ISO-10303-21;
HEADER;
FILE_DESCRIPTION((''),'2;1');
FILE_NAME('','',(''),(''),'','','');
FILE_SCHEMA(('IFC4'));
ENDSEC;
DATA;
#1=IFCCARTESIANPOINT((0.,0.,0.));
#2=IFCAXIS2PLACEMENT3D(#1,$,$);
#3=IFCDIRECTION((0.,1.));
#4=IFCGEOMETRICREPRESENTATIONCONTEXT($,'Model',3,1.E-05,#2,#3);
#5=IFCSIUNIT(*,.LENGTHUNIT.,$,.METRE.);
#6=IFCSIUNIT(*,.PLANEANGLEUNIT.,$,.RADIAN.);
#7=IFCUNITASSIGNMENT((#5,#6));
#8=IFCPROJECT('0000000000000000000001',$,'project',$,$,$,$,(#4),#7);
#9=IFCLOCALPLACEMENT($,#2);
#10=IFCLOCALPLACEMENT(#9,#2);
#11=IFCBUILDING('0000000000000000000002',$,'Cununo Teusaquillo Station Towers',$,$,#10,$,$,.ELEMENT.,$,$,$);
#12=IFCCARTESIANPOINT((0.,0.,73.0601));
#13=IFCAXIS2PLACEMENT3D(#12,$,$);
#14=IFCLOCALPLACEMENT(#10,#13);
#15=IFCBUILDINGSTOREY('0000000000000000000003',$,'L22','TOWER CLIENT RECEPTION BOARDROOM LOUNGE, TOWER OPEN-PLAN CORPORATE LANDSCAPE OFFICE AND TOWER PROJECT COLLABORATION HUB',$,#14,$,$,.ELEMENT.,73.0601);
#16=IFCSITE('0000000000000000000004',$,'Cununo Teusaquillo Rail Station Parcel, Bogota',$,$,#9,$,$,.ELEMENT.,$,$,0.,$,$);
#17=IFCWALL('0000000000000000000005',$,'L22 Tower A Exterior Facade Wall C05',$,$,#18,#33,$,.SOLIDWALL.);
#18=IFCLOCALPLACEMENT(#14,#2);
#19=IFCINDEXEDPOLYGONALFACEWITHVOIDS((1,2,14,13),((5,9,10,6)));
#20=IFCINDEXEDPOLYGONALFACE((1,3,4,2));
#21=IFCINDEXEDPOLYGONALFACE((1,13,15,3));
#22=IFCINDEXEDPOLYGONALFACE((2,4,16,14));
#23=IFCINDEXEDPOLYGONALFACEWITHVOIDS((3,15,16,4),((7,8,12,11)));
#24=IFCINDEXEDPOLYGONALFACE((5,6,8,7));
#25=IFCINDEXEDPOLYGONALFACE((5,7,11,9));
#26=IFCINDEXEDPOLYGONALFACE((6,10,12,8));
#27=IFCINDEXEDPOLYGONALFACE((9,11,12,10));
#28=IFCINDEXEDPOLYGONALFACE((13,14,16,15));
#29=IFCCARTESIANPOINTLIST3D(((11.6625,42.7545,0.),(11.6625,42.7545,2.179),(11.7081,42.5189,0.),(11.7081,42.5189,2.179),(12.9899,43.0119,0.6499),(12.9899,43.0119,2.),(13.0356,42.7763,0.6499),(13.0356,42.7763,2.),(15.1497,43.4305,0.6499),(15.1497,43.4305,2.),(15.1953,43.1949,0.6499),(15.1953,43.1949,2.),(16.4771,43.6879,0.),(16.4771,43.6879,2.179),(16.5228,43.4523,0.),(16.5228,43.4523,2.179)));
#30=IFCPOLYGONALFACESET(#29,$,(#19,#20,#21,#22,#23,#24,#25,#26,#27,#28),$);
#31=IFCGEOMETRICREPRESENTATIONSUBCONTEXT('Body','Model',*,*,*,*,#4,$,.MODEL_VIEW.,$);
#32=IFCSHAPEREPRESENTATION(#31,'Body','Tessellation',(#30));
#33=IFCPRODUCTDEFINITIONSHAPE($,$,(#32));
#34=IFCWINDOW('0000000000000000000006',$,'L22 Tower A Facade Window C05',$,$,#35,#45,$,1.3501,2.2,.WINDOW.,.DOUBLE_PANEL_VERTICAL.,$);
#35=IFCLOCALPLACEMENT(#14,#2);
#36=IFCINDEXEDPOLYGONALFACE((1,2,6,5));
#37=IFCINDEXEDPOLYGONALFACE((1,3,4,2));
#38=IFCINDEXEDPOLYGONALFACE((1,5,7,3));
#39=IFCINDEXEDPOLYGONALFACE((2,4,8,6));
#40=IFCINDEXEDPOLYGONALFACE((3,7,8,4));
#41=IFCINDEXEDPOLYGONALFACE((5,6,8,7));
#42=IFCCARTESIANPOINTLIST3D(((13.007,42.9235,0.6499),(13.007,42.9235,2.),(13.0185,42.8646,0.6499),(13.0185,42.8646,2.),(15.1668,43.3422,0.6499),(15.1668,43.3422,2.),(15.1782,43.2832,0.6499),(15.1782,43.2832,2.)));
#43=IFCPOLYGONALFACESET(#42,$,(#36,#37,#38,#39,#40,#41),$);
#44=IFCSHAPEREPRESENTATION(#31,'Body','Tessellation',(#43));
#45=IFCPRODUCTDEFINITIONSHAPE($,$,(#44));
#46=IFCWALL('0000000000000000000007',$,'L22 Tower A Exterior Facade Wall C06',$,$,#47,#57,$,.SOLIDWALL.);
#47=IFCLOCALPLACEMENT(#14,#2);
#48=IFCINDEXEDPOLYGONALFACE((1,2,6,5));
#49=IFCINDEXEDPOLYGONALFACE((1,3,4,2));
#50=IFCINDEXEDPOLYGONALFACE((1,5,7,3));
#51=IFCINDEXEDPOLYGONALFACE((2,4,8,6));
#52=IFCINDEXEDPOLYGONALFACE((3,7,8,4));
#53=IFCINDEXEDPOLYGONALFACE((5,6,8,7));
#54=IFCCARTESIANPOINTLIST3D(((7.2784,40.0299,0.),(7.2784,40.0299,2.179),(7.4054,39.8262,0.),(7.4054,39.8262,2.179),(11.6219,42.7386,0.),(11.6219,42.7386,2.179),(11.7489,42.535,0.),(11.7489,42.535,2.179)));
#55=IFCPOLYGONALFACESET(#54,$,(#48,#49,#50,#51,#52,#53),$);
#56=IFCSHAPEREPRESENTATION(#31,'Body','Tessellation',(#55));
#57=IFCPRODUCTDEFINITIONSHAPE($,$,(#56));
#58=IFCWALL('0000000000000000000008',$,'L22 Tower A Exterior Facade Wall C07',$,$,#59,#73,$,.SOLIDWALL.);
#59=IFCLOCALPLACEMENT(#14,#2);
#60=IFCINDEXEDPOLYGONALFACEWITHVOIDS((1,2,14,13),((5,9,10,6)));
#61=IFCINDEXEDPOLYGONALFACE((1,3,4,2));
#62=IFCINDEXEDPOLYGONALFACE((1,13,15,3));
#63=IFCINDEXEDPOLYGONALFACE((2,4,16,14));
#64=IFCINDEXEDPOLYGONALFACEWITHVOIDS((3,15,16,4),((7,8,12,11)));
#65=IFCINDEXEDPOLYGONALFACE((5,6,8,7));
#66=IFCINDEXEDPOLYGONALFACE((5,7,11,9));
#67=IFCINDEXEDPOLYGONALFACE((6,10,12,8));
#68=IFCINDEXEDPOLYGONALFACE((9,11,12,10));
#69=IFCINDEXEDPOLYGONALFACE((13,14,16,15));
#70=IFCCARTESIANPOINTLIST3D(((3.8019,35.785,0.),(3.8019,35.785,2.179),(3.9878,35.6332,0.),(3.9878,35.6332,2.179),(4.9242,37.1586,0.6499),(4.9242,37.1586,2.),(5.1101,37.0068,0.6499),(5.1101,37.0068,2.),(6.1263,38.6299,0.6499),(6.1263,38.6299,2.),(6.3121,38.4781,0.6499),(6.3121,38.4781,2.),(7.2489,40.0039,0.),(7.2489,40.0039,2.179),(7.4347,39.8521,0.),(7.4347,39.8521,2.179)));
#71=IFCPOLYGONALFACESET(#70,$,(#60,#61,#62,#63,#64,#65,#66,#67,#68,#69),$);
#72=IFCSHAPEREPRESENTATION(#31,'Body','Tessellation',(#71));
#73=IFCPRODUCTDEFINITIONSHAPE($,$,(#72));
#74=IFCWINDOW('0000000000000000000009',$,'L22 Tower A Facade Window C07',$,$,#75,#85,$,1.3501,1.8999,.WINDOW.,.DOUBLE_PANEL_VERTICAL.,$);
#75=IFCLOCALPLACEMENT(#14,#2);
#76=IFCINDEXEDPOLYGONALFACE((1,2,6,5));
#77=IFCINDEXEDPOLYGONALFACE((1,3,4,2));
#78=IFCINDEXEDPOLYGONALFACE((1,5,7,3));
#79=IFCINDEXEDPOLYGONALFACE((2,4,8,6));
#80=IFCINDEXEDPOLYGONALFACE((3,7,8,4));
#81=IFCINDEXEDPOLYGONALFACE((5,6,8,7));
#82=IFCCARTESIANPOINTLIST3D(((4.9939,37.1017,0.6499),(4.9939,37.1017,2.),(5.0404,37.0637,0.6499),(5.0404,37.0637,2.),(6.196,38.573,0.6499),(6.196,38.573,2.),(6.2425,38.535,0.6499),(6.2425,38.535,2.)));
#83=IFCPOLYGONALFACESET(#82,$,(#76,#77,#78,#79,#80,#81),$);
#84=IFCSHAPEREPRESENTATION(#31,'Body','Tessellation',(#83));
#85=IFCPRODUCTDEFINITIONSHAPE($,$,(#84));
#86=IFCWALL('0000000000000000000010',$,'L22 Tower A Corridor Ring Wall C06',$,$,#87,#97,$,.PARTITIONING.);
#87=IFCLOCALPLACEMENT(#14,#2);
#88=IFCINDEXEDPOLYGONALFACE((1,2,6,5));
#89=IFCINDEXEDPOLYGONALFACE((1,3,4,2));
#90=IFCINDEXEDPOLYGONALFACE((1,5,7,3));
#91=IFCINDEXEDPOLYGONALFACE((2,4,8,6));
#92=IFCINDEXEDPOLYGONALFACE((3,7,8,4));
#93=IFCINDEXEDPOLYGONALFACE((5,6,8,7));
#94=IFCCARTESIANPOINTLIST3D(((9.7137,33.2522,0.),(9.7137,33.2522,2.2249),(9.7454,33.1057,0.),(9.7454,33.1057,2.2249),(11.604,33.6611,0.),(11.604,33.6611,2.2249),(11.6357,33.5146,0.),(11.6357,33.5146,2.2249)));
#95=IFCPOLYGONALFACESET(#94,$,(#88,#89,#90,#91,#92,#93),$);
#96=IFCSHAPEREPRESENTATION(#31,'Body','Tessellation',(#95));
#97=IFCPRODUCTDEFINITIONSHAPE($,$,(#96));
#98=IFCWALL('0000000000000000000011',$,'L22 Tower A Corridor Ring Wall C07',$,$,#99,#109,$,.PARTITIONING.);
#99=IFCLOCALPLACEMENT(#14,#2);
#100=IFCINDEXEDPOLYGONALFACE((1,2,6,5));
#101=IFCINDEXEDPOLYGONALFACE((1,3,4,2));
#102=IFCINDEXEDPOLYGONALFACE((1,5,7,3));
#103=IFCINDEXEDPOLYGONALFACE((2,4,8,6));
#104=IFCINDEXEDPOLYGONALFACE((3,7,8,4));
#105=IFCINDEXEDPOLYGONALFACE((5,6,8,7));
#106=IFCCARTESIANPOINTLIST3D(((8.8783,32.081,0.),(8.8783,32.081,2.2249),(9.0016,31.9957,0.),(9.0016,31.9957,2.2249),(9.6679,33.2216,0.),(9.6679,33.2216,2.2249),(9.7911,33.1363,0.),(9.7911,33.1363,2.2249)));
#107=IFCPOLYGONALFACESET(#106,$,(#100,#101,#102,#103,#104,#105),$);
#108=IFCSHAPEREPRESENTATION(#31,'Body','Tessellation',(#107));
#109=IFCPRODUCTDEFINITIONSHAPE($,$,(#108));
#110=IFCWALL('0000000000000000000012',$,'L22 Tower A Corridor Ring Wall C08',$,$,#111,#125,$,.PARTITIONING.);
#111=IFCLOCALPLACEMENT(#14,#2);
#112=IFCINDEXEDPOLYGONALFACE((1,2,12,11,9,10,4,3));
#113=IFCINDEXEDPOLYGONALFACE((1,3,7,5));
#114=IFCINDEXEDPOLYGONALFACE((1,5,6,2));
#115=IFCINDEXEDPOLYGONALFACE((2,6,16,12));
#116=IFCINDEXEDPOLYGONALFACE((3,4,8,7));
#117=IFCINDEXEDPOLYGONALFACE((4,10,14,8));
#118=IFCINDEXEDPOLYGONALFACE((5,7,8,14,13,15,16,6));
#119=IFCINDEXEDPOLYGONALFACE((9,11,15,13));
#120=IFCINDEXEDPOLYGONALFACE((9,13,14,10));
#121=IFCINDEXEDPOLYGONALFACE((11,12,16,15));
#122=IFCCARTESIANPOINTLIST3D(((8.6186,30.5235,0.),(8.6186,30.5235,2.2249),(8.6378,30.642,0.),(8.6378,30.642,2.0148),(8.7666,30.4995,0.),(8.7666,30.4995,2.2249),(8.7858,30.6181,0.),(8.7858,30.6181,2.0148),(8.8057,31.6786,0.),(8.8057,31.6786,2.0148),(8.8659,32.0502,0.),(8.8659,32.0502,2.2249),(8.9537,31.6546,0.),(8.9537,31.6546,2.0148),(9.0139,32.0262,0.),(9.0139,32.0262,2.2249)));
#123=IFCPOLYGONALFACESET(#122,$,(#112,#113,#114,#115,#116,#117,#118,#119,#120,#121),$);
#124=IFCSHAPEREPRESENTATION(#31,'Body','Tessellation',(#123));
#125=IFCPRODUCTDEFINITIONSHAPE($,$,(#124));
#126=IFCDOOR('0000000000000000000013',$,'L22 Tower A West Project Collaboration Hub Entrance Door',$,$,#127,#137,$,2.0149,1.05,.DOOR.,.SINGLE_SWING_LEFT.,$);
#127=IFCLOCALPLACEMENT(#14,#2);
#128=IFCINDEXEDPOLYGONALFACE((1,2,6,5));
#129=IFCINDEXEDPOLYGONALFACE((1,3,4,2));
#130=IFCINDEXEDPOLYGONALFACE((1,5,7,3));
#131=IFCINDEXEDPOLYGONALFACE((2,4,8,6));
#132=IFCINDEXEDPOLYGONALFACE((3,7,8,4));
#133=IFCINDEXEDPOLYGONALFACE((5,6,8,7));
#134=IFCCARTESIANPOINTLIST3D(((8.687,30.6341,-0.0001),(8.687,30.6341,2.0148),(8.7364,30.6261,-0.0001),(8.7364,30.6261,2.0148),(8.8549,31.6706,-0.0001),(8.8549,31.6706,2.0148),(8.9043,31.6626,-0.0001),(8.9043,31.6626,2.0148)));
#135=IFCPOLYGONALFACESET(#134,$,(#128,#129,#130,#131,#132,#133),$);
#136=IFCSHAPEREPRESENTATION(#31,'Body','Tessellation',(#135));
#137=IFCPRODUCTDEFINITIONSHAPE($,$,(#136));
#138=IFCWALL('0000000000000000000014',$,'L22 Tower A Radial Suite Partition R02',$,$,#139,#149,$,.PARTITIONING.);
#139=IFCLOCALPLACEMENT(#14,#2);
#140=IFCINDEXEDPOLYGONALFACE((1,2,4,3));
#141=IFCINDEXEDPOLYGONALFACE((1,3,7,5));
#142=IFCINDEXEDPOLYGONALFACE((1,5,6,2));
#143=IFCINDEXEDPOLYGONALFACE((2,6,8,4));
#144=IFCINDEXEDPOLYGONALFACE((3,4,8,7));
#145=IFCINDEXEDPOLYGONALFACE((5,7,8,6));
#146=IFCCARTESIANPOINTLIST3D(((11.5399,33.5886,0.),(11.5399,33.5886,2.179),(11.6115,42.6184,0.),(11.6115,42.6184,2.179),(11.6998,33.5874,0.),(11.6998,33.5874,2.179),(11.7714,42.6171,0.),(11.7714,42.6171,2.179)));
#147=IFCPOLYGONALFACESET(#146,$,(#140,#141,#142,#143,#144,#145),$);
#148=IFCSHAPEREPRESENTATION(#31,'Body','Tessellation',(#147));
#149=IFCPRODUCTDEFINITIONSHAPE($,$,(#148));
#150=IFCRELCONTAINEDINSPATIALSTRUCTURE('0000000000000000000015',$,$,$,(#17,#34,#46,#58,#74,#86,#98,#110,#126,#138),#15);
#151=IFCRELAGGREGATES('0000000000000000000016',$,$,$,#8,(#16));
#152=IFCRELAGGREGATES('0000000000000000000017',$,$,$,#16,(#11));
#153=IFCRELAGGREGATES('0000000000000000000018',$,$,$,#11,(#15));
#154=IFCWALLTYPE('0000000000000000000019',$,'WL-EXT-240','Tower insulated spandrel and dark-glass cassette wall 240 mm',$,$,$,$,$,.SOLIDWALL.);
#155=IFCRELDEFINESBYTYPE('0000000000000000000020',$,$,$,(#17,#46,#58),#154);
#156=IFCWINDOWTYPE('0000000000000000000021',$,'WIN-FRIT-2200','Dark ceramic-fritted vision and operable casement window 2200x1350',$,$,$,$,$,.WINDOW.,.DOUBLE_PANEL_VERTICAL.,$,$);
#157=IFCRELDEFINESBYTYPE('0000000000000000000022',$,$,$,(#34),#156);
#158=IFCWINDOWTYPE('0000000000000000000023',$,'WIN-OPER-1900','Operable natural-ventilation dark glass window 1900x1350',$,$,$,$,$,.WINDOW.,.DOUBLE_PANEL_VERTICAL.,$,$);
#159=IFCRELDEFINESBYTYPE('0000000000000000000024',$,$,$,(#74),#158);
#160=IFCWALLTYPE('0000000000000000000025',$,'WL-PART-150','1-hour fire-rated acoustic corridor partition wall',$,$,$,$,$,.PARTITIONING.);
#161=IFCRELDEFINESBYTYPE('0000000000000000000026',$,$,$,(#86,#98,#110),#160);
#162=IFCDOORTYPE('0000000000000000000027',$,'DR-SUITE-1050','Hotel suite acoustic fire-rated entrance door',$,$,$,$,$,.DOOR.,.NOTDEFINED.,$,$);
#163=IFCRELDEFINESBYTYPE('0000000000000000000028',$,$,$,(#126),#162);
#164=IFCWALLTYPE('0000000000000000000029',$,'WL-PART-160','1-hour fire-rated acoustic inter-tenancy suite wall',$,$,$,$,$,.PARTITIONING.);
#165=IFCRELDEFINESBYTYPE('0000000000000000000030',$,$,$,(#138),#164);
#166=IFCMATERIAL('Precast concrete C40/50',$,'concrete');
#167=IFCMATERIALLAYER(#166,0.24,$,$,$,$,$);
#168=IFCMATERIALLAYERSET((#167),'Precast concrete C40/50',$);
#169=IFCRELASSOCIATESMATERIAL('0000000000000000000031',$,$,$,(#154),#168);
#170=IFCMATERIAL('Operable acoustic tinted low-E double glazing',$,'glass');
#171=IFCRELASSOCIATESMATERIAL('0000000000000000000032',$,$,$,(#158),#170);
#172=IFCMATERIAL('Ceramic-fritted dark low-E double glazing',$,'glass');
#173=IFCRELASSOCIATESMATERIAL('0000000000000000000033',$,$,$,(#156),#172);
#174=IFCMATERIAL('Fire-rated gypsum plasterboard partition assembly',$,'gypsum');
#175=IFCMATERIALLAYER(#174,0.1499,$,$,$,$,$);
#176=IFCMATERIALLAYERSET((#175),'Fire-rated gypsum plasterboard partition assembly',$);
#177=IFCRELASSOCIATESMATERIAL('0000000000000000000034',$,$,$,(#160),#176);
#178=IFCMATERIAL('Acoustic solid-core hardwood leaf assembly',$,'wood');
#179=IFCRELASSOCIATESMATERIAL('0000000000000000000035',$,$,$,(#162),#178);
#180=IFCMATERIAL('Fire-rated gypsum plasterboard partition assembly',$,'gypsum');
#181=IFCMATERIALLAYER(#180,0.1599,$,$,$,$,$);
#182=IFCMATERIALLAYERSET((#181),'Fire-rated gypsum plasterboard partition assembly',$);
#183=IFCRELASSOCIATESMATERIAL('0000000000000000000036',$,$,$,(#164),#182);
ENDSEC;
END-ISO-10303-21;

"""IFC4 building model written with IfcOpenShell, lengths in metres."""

from ifc_helpers import new_model, si_unit, direction, frame, frame_2d, origin, place, context, subcontext, project, spatial, rectangle, extrude, source, transform, mapped, material, layer, layer_set, type_object, element, fill, save


model = new_model("IFC4")

# Units and contexts
model_context = context("Model", 3, precision=1e-05, world=origin(), true_north=direction((0.0, 1.0)))
body_context = subcontext(model_context, "Body", "Model", "MODEL_VIEW")
ifc_project = project(units=[si_unit("LENGTHUNIT", "METRE"), si_unit("PLANEANGLEUNIT", "RADIAN")], contexts=[model_context])

# Site, building, storey
site_placement = place(None, origin())
site = spatial("IfcSite", under=ifc_project, at=site_placement, Name="Cununo Teusaquillo Rail Station Parcel, Bogota", CompositionType="ELEMENT", RefElevation=0.0)
building_placement = place(site_placement, origin())
building = spatial("IfcBuilding", under=site, at=building_placement, Name="Cununo Teusaquillo Station Towers", CompositionType="ELEMENT")
storey_placement = place(building_placement, frame((0.0, 0.0, 73.0601)))
storey = spatial("IfcBuildingStorey", under=building, at=storey_placement, Name="L22", Description="TOWER CLIENT RECEPTION BOARDROOM LOUNGE, TOWER OPEN-PLAN CORPORATE LANDSCAPE OFFICE AND TOWER PROJECT COLLABORATION HUB", CompositionType="ELEMENT", Elevation=73.0601)

# Wall, opening, window
ifc_material_1 = material(Name="Precast concrete C40/50", Category="concrete")
ifc_layer_1 = layer(ifc_material_1, 0.24)
ifc_layer_set_1 = layer_set([ifc_layer_1], Name="Precast concrete C40/50")
wall_type_1 = type_object("IfcWallType", Name="WL-EXT-240", Description="Tower insulated spandrel and dark-glass cassette wall 240 mm", PredefinedType="SOLIDWALL", material=ifc_layer_set_1)
shared_shape_1 = source(origin(), body_context, "Body", "SweptSolid", [
    extrude(rectangle(XDim=1.8999, YDim=1.3501, at=frame_2d((0.95, 0.675))), frame((0.0, 0.1299, 0.0), z_axis=(0.0, -1.0, 0.0), x_axis=(1.0, 0.0, 0.0)), (0.0, 0.0, 1.0), 0.26),
])
ifc_material_2 = material(Name="Operable acoustic tinted low-E double glazing", Category="glass")
window_type_1 = type_object("IfcWindowType", Name="WIN-OPER-1900", Description="Operable natural-ventilation dark glass window 1900x1350", PartitioningType="DOUBLE_PANEL_VERTICAL", PredefinedType="WINDOW", material=ifc_material_2)
shared_shape_2 = source(origin(), body_context, "Body", "SweptSolid", [
    extrude(rectangle(XDim=1.8999, YDim=1.3501, at=frame_2d((0.95, 0.675))), frame((0.0, 0.03, 0.0), z_axis=(0.0, -1.0, 0.0), x_axis=(1.0, 0.0, 0.0)), (0.0, 0.0, 1.0), 0.0601),
])
wall_1_placement = place(storey_placement, frame((11.6853, 42.6367, 0.0), z_axis=(0.0, 0.0, 1.0), x_axis=(0.981724, 0.190311, 0.0)))
wall_1 = element("IfcWall", 1, at=wall_1_placement, inside=storey, type_object=wall_type_1, Name="L22 Tower A Exterior Facade Wall C05", PredefinedType="SOLIDWALL", context=body_context, shape_type="SweptSolid", body=[
    extrude(rectangle(XDim=4.9043, YDim=0.24, at=frame_2d((2.4521, 0.0))), origin(), (0.0, 0.0, 1.0), 2.179),
])
shared_shape_3 = source(origin(), body_context, "Body", "SweptSolid", [
    extrude(rectangle(XDim=2.2, YDim=1.3501, at=frame_2d((1.1001, 0.675))), frame((0.0, 0.1299, 0.0), z_axis=(0.0, -1.0, 0.0), x_axis=(1.0, 0.0, 0.0)), (0.0, 0.0, 1.0), 0.26),
])
opening_1_placement = place(wall_1_placement, frame((1.3521, 0.0, 0.6499)))
opening_1 = element("IfcOpeningElement", 2, at=opening_1_placement, cuts=wall_1, PredefinedType="OPENING", context=body_context, shape_type="MappedRepresentation", body=[
    mapped(shared_shape_3, transform((0.0, 0.0, 0.0), x_axis=(1.0, 0.0, 0.0), y_axis=(0.0, 1.0, 0.0), z_axis=(0.0, 0.0, 1.0), scale=1.0)),
])
ifc_material_3 = material(Name="Ceramic-fritted dark low-E double glazing", Category="glass")
window_type_2 = type_object("IfcWindowType", Name="WIN-FRIT-2200", Description="Dark ceramic-fritted vision and operable casement window 2200x1350", PartitioningType="DOUBLE_PANEL_VERTICAL", PredefinedType="WINDOW", material=ifc_material_3)
shared_shape_4 = source(origin(), body_context, "Body", "SweptSolid", [
    extrude(rectangle(XDim=2.2, YDim=1.3501, at=frame_2d((1.1001, 0.675))), frame((0.0, 0.03, 0.0), z_axis=(0.0, -1.0, 0.0), x_axis=(1.0, 0.0, 0.0)), (0.0, 0.0, 1.0), 0.0601),
])
window_1_placement = place(opening_1_placement, origin())
window_1 = element("IfcWindow", 3, at=window_1_placement, inside=storey, type_object=window_type_2, Name="L22 Tower A Facade Window C05", OverallHeight=1.3501, OverallWidth=2.2, PartitioningType="DOUBLE_PANEL_VERTICAL", PredefinedType="WINDOW", context=body_context, shape_type="MappedRepresentation", body=[
    mapped(shared_shape_4, transform((0.0, 0.0, 0.0), x_axis=(1.0, 0.0, 0.0), y_axis=(0.0, 1.0, 0.0), z_axis=(0.0, 0.0, 1.0), scale=1.0)),
])
fill(opening_1, window_1)

# Wall
wall_2_placement = place(storey_placement, frame((7.3418, 39.928, 0.0), z_axis=(0.0, 0.0, 1.0), x_axis=(0.84852, 0.529163, 0.0)))
element("IfcWall", 4, at=wall_2_placement, inside=storey, type_object=wall_type_1, Name="L22 Tower A Exterior Facade Wall C06", PredefinedType="SOLIDWALL", context=body_context, shape_type="SweptSolid", body=[
    extrude(rectangle(XDim=5.1189, YDim=0.24, at=frame_2d((2.5596, 0.0))), origin(), (0.0, 0.0, 1.0), 2.179),
])

# Wall, opening, window
wall_3_placement = place(storey_placement, frame((3.8948, 35.709, 0.0), z_axis=(0.0, 0.0, 1.0), x_axis=(0.632701, 0.774396, 0.0)))
wall_3 = element("IfcWall", 5, at=wall_3_placement, inside=storey, type_object=wall_type_1, Name="L22 Tower A Exterior Facade Wall C07", PredefinedType="SOLIDWALL", context=body_context, shape_type="SweptSolid", body=[
    extrude(rectangle(XDim=5.448, YDim=0.24, at=frame_2d((2.7241, 0.0))), origin(), (0.0, 0.0, 1.0), 2.179),
])
opening_2_placement = place(wall_3_placement, frame((1.7739, 0.0, 0.6499)))
opening_2 = element("IfcOpeningElement", 6, at=opening_2_placement, cuts=wall_3, PredefinedType="OPENING", context=body_context, shape_type="MappedRepresentation", body=[
    mapped(shared_shape_1, transform((0.0, 0.0, 0.0), x_axis=(1.0, 0.0, 0.0), y_axis=(0.0, 1.0, 0.0), z_axis=(0.0, 0.0, 1.0), scale=1.0)),
])
window_2_placement = place(opening_2_placement, origin())
window_2 = element("IfcWindow", 7, at=window_2_placement, inside=storey, type_object=window_type_1, Name="L22 Tower A Facade Window C07", OverallHeight=1.3501, OverallWidth=1.8999, PartitioningType="DOUBLE_PANEL_VERTICAL", PredefinedType="WINDOW", context=body_context, shape_type="MappedRepresentation", body=[
    mapped(shared_shape_2, transform((0.0, 0.0, 0.0), x_axis=(1.0, 0.0, 0.0), y_axis=(0.0, 1.0, 0.0), z_axis=(0.0, 0.0, 1.0), scale=1.0)),
])
fill(opening_2, window_2)

# Walls
ifc_material_4 = material(Name="Fire-rated gypsum plasterboard partition assembly", Category="gypsum")
ifc_layer_2 = layer(ifc_material_4, 0.1499)
ifc_layer_set_2 = layer_set([ifc_layer_2], Name="Fire-rated gypsum plasterboard partition assembly")
wall_type_2 = type_object("IfcWallType", Name="WL-PART-150", Description="1-hour fire-rated acoustic corridor partition wall", PredefinedType="PARTITIONING", material=ifc_layer_set_2)
wall_4_placement = place(storey_placement, frame((11.6199, 33.5879, 0.0), z_axis=(0.0, 0.0, 1.0), x_axis=(-0.977392, -0.211434, 0.0)))
element("IfcWall", 8, at=wall_4_placement, inside=storey, type_object=wall_type_2, Name="L22 Tower A Corridor Ring Wall C06", PredefinedType="PARTITIONING", context=body_context, shape_type="SweptSolid", body=[
    extrude(rectangle(XDim=1.9341, YDim=0.1499, at=frame_2d((0.967, 0.0))), origin(), (0.0, 0.0, 1.0), 2.2249),
])
wall_5_placement = place(storey_placement, frame((9.7295, 33.179, 0.0), z_axis=(0.0, 0.0, 1.0), x_axis=(-0.569155, -0.82223, 0.0)))
element("IfcWall", 9, at=wall_5_placement, inside=storey, type_object=wall_type_2, Name="L22 Tower A Corridor Ring Wall C07", PredefinedType="PARTITIONING", context=body_context, shape_type="SweptSolid", body=[
    extrude(rectangle(XDim=1.3872, YDim=0.1499, at=frame_2d((0.6936, 0.0))), origin(), (0.0, 0.0, 1.0), 2.2249),
])

# Wall, opening, door
wall_6_placement = place(storey_placement, frame((8.9399, 32.0383, 0.0), z_axis=(0.0, 0.0, 1.0), x_axis=(-0.159917, -0.98713, 0.0)))
wall_6 = element("IfcWall", 10, at=wall_6_placement, inside=storey, type_object=wall_type_2, Name="L22 Tower A Corridor Ring Wall C08", PredefinedType="PARTITIONING", context=body_context, shape_type="SweptSolid", body=[
    extrude(rectangle(XDim=1.5466, YDim=0.1499, at=frame_2d((0.7734, 0.0))), origin(), (0.0, 0.0, 1.0), 2.2249),
])
shared_shape_5 = source(origin(), body_context, "Body", "SweptSolid", [
    extrude(rectangle(XDim=1.05, YDim=2.0149, at=frame_2d((0.5249, 1.0073))), frame((0.0, 0.085, 0.0), z_axis=(0.0, -1.0, 0.0), x_axis=(1.0, 0.0, 0.0)), (0.0, 0.0, 1.0), 0.1699),
])
opening_3_placement = place(wall_6_placement, frame((0.3767, 0.0, 0.0)))
opening_3 = element("IfcOpeningElement", 11, at=opening_3_placement, cuts=wall_6, PredefinedType="OPENING", context=body_context, shape_type="MappedRepresentation", body=[
    mapped(shared_shape_5, transform((0.0, 0.0, 0.0), x_axis=(1.0, 0.0, 0.0), y_axis=(0.0, 1.0, 0.0), z_axis=(0.0, 0.0, 1.0), scale=1.0)),
])
ifc_material_5 = material(Name="Acoustic solid-core hardwood leaf assembly", Category="wood")
door_type = type_object("IfcDoorType", Name="DR-SUITE-1050", Description="Hotel suite acoustic fire-rated entrance door", OperationType="NOTDEFINED", PredefinedType="DOOR", material=ifc_material_5)
shared_shape_6 = source(origin(), body_context, "Body", "SweptSolid", [
    extrude(rectangle(XDim=1.05, YDim=2.0149, at=frame_2d((0.5249, 1.0073))), frame((0.0, 0.0249, 0.0), z_axis=(0.0, -1.0, 0.0), x_axis=(1.0, 0.0, 0.0)), (0.0, 0.0, 1.0), 0.05),
])
door_placement = place(opening_3_placement, origin())
door = element("IfcDoor", 12, at=door_placement, inside=storey, type_object=door_type, Name="L22 Tower A West Project Collaboration Hub Entrance Door", OperationType="SINGLE_SWING_LEFT", OverallHeight=2.0149, OverallWidth=1.05, PredefinedType="DOOR", context=body_context, shape_type="MappedRepresentation", body=[
    mapped(shared_shape_6, transform((0.0, 0.0, 0.0), x_axis=(1.0, 0.0, 0.0), y_axis=(0.0, 1.0, 0.0), z_axis=(0.0, 0.0, 1.0), scale=1.0)),
])
fill(opening_3, door)

# Wall
ifc_material_6 = material(Name="Fire-rated gypsum plasterboard partition assembly", Category="gypsum")
ifc_layer_3 = layer(ifc_material_6, 0.1599)
ifc_layer_set_3 = layer_set([ifc_layer_3], Name="Fire-rated gypsum plasterboard partition assembly")
wall_type_3 = type_object("IfcWallType", Name="WL-PART-160", Description="1-hour fire-rated acoustic inter-tenancy suite wall", PredefinedType="PARTITIONING", material=ifc_layer_set_3)
wall_7_placement = place(storey_placement, frame((11.6199, 33.5879, 0.0), z_axis=(0.0, 0.0, 1.0), x_axis=(0.007922, 0.999969, 0.0)))
element("IfcWall", 13, at=wall_7_placement, inside=storey, type_object=wall_type_3, Name="L22 Tower A Radial Suite Partition R02", PredefinedType="PARTITIONING", context=body_context, shape_type="SweptSolid", body=[
    extrude(rectangle(XDim=9.03, YDim=0.1599, at=frame_2d((4.5151, 0.0))), origin(), (0.0, 0.0, 1.0), 2.179),
])

save(model, "model.ifc")
